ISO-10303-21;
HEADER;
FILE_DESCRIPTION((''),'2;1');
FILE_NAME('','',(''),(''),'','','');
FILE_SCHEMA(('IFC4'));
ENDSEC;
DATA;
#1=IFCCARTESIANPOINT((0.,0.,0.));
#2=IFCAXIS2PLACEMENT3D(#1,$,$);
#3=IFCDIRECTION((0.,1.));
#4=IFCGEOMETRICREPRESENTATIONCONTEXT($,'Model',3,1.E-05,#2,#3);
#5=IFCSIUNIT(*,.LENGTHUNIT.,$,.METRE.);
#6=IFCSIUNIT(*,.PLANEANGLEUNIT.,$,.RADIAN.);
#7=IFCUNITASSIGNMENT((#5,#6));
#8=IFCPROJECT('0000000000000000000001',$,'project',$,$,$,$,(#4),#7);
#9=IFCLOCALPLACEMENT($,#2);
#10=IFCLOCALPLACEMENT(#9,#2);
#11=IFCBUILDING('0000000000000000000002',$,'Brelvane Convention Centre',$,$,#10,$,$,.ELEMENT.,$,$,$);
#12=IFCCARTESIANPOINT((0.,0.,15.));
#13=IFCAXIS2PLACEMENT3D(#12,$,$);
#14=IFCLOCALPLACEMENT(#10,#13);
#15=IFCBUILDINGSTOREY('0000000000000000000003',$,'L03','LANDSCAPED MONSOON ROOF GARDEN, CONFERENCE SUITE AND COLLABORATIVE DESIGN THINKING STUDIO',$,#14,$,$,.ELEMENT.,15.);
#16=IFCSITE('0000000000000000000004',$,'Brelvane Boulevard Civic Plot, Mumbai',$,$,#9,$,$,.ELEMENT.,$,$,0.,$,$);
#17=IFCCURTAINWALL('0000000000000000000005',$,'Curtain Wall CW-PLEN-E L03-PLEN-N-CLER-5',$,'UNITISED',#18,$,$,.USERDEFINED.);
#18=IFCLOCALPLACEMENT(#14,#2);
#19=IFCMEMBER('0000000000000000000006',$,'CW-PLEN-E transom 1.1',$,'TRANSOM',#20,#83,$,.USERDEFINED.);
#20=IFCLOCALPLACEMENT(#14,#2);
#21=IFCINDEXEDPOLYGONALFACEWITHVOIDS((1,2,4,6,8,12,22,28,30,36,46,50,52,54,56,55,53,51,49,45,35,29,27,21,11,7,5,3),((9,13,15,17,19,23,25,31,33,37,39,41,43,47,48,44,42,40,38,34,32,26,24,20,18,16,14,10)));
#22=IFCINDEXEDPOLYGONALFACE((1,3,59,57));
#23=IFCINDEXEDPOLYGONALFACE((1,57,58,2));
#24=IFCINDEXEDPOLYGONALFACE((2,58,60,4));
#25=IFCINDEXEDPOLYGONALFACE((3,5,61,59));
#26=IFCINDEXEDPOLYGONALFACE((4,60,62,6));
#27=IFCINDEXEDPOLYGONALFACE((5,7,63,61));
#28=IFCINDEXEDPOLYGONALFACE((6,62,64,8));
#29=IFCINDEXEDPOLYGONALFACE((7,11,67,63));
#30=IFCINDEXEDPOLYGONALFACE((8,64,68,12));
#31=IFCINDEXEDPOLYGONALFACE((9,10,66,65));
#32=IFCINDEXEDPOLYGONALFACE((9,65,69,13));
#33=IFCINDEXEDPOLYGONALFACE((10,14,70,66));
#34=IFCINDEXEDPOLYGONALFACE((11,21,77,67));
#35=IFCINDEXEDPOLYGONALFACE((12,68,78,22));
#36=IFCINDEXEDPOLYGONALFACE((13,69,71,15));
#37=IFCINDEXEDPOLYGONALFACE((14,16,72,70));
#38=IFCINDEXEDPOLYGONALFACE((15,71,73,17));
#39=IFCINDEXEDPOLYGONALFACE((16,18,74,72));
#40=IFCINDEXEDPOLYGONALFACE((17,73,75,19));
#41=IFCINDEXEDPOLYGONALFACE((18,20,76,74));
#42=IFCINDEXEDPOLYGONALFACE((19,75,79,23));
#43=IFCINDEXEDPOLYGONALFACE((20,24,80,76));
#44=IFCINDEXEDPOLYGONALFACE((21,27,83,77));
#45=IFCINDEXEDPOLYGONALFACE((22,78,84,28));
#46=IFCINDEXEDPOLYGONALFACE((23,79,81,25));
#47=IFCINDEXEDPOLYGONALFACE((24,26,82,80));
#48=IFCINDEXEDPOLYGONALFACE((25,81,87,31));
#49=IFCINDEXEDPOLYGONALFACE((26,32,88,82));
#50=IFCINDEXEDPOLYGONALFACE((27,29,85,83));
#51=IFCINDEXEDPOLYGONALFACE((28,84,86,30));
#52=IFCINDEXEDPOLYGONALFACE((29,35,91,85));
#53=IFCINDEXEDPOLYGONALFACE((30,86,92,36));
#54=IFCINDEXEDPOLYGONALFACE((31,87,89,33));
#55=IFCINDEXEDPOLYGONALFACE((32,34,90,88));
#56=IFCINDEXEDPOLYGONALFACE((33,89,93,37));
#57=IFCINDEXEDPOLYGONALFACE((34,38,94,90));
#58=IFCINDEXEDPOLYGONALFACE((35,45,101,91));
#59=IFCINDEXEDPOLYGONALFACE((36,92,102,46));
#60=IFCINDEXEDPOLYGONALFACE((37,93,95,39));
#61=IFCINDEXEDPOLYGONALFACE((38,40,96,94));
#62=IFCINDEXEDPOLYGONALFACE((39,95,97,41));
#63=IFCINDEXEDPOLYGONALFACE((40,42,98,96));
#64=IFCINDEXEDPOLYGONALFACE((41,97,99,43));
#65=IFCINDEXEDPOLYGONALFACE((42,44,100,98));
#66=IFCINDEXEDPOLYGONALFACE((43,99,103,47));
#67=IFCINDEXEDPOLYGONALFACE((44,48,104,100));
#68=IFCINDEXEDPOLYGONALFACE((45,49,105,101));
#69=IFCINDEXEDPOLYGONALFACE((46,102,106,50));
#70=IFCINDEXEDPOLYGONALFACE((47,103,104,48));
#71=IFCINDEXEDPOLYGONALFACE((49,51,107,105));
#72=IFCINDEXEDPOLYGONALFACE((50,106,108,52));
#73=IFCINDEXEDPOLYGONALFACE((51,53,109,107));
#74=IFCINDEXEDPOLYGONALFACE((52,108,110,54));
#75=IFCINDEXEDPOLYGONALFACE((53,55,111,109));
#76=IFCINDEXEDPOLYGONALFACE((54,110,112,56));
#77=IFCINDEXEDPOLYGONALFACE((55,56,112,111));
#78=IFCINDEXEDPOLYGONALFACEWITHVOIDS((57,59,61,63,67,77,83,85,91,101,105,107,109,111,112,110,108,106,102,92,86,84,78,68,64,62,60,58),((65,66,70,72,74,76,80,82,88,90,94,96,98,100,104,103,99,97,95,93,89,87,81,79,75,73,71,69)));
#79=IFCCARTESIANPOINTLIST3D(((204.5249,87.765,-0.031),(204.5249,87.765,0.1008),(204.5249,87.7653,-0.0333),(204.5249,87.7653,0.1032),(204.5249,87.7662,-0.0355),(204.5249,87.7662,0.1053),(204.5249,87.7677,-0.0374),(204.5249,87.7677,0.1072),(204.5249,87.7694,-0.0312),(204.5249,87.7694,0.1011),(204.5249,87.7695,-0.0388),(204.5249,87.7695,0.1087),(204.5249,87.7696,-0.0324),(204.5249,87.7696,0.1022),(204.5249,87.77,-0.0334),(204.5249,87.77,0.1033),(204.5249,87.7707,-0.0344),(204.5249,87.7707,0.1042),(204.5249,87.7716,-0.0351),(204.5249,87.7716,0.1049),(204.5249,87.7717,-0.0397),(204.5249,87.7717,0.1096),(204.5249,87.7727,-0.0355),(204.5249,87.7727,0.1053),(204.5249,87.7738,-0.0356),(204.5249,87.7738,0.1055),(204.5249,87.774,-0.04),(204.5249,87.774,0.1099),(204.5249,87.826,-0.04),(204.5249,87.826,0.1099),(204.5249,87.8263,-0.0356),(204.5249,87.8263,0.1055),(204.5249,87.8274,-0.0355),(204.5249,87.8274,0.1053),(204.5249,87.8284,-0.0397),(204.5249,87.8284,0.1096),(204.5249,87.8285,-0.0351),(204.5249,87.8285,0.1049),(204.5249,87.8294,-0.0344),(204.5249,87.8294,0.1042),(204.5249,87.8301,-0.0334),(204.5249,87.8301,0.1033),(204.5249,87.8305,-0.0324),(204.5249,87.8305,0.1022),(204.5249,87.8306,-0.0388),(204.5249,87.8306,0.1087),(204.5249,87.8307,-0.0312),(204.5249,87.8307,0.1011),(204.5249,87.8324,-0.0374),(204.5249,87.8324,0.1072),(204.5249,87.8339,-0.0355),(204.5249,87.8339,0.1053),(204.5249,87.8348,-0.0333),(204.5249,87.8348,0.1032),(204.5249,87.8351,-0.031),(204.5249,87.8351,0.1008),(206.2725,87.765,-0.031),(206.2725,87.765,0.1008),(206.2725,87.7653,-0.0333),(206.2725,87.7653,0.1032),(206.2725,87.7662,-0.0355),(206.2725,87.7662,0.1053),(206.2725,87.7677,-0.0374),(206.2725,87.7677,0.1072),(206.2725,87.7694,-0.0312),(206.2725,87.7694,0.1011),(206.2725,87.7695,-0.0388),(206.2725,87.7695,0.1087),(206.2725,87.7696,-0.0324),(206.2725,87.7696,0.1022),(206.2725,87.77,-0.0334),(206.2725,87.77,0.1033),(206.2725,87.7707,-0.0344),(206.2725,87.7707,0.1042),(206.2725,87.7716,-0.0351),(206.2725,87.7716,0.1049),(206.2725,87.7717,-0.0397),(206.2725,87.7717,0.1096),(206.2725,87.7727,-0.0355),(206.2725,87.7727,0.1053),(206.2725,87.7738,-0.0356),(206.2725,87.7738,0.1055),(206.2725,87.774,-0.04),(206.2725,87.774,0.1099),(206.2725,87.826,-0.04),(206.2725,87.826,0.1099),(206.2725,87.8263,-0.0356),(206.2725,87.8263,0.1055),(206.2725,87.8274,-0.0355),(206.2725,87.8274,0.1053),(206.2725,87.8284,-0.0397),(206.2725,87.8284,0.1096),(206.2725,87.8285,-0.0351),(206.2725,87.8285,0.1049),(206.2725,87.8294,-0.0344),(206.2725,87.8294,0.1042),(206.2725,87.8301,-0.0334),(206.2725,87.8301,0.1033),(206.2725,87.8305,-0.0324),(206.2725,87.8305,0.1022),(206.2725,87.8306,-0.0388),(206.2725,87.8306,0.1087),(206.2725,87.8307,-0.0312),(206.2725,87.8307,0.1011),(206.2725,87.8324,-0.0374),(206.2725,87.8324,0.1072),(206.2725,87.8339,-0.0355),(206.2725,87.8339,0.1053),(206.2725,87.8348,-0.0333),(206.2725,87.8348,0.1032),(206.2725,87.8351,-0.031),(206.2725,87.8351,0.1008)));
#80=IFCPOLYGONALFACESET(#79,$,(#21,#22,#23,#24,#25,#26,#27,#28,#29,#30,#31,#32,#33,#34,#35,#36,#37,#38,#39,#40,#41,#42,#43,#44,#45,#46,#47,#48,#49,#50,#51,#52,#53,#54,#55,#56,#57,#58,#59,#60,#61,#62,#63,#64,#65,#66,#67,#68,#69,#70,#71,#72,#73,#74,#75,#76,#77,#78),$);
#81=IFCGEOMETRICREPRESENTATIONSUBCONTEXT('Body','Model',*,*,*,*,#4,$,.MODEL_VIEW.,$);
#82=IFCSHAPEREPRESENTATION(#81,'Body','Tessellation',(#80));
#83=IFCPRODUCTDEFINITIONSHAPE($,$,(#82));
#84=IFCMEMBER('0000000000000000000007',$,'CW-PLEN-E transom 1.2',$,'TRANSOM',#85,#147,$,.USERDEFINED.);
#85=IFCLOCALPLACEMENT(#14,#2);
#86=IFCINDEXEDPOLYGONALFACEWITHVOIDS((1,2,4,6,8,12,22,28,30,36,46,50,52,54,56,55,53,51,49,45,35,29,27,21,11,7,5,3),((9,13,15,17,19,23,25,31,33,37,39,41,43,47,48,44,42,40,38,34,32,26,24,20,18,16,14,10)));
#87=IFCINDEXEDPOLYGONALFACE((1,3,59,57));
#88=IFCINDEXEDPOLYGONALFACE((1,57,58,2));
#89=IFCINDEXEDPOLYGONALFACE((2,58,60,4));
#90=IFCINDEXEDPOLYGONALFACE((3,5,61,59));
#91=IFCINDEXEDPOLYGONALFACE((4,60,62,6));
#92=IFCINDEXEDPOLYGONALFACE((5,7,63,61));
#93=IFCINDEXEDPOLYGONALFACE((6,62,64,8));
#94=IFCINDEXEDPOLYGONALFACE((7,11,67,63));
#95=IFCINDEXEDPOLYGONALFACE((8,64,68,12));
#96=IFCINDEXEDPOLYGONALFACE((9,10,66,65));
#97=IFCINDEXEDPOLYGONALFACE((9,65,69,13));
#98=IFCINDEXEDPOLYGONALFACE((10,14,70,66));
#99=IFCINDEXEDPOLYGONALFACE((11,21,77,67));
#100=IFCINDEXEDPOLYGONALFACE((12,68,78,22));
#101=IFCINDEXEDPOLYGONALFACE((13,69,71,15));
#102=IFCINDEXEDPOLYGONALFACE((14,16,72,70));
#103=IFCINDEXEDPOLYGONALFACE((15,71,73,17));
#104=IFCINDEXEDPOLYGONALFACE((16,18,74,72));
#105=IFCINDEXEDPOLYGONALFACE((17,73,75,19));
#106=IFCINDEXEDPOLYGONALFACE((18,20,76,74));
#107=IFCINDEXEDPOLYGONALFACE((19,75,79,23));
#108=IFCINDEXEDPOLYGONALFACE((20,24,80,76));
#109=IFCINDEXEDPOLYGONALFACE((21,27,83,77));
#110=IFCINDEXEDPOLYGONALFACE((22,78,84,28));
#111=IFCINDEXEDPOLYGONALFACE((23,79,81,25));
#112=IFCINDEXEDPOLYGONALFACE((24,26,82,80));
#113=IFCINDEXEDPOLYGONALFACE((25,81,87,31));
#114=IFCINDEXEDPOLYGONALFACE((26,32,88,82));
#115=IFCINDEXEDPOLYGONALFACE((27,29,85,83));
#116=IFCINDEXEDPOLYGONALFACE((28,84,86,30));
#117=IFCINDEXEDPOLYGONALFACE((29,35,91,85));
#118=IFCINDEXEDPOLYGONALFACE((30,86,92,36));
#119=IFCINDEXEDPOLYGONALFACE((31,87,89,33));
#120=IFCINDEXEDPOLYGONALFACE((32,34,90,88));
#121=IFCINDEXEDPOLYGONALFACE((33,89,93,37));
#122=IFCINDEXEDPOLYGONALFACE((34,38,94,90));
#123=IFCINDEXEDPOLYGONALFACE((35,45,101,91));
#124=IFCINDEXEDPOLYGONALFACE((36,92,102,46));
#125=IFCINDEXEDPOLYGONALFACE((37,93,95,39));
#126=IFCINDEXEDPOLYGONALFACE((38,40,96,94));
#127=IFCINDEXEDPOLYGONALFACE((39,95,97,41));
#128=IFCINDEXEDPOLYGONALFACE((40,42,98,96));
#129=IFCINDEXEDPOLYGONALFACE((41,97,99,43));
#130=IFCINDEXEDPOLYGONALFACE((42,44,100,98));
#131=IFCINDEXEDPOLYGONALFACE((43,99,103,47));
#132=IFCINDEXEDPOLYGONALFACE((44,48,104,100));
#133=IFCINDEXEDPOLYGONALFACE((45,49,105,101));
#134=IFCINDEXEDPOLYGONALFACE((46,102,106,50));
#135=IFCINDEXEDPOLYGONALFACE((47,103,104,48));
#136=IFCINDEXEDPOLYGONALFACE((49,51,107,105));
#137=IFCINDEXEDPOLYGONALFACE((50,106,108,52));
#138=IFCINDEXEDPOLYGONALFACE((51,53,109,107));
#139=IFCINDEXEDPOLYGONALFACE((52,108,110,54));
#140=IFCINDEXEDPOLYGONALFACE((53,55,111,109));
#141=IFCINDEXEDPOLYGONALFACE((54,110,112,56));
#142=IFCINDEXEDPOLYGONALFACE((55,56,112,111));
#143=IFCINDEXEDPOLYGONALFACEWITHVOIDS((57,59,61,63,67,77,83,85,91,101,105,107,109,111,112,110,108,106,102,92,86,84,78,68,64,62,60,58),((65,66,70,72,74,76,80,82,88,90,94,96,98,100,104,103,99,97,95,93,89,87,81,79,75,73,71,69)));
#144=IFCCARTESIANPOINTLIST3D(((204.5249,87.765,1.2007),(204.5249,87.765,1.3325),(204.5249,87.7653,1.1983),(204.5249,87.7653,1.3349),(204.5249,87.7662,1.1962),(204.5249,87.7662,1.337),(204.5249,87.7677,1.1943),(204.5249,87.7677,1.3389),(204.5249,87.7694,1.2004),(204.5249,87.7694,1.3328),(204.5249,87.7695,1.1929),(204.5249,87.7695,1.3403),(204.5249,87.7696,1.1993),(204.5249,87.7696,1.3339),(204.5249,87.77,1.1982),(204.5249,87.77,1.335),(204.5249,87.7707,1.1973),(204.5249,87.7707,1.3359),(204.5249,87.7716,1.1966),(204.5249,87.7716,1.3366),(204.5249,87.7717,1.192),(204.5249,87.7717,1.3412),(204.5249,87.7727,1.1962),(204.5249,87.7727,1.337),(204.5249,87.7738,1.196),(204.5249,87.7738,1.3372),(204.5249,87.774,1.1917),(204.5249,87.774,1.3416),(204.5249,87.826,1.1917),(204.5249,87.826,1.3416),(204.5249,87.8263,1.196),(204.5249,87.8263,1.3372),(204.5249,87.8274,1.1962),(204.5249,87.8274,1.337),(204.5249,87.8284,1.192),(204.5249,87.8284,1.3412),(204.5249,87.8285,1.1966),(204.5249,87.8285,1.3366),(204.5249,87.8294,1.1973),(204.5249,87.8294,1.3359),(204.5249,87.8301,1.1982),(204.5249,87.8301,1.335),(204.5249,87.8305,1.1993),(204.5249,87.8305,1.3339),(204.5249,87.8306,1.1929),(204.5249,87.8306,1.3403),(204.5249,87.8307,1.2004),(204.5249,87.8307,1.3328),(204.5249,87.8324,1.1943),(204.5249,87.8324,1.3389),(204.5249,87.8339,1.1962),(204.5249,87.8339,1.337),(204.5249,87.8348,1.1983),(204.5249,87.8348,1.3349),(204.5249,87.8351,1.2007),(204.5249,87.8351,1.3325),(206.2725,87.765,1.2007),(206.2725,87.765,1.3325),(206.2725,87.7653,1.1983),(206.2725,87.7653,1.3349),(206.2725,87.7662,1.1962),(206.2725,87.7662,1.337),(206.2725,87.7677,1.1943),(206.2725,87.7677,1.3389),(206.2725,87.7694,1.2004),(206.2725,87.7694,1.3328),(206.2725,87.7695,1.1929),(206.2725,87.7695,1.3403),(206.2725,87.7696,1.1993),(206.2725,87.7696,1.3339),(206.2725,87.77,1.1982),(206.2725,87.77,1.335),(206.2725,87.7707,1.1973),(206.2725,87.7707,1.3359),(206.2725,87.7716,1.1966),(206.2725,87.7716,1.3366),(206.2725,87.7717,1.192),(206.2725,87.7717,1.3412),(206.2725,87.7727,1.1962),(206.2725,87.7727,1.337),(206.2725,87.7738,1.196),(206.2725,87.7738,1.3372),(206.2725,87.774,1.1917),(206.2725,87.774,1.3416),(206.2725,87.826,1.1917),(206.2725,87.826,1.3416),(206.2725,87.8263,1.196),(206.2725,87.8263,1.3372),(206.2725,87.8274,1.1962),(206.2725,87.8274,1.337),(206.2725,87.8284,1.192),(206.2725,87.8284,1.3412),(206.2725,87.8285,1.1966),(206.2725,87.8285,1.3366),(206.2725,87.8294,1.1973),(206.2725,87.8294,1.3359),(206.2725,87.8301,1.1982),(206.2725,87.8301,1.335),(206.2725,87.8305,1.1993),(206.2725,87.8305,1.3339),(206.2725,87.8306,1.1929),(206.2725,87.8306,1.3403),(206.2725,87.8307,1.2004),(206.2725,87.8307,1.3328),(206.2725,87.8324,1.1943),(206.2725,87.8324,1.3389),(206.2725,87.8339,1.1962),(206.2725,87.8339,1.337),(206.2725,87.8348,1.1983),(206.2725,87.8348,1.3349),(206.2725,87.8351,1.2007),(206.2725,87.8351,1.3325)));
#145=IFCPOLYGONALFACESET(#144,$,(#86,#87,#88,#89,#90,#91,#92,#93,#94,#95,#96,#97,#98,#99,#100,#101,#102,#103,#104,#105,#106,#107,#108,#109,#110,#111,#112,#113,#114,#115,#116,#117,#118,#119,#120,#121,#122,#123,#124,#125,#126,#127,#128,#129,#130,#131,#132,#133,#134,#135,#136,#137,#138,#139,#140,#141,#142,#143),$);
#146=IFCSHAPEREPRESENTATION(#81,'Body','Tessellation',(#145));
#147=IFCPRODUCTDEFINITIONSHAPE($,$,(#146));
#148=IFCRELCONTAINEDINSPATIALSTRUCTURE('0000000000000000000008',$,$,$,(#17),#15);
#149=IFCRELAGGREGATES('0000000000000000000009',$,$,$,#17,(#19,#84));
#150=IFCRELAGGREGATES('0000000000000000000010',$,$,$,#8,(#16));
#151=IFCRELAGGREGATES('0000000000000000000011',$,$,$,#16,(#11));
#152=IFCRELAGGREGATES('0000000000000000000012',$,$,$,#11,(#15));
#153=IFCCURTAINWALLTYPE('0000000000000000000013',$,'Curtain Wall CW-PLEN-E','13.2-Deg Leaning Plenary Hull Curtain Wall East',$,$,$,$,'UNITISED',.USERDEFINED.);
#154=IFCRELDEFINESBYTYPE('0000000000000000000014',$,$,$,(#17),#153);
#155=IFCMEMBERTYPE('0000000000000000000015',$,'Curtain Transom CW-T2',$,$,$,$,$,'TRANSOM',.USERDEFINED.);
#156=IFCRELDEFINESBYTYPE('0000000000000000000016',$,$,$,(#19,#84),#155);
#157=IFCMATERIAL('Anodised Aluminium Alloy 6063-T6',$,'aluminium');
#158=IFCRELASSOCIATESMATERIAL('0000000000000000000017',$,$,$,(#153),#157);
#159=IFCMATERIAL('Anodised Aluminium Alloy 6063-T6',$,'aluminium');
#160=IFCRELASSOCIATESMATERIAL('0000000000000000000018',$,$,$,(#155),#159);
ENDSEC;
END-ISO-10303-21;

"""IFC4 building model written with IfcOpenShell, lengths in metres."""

from ifc_helpers import new_model, si_unit, direction, frame, origin, origin_2d, place, context, subcontext, project, spatial, hollow_rectangle, extrude, material, material_profile, profile_set, type_object, element, aggregate, save


model = new_model("IFC4")

# Units and contexts
model_context = context("Model", 3, precision=1e-05, world=origin(), true_north=direction((0.0, 1.0)))
body_context = subcontext(model_context, "Body", "Model", "MODEL_VIEW")
ifc_project = project(units=[si_unit("LENGTHUNIT", "METRE"), si_unit("PLANEANGLEUNIT", "RADIAN")], contexts=[model_context])

# Site, building, storey
site_placement = place(None, origin())
site = spatial("IfcSite", under=ifc_project, at=site_placement, Name="Brelvane Boulevard Civic Plot, Mumbai", CompositionType="ELEMENT", RefElevation=0.0)
building_placement = place(site_placement, origin())
building = spatial("IfcBuilding", under=site, at=building_placement, Name="Brelvane Convention Centre", CompositionType="ELEMENT")
storey_placement = place(building_placement, frame((0.0, 0.0, 15.0)))
storey = spatial("IfcBuildingStorey", under=building, at=storey_placement, Name="L03", Description="LANDSCAPED MONSOON ROOF GARDEN, CONFERENCE SUITE AND COLLABORATIVE DESIGN THINKING STUDIO", CompositionType="ELEMENT", Elevation=15.0)

# Curtain wall, members
ifc_material_1 = material(Name="Anodised Aluminium Alloy 6063-T6", Category="aluminium")
curtain_wall_type = type_object("IfcCurtainWallType", Name="Curtain Wall CW-PLEN-E", Description="13.2-Deg Leaning Plenary Hull Curtain Wall East", ElementType="UNITISED", PredefinedType="USERDEFINED", material=ifc_material_1)
curtain_wall_placement = place(storey_placement, origin())
curtain_wall = element("IfcCurtainWall", 1, at=curtain_wall_placement, inside=storey, type_object=curtain_wall_type, Name="Curtain Wall CW-PLEN-E L03-PLEN-N-CLER-5", ObjectType="UNITISED", PredefinedType="USERDEFINED")
ifc_material_2 = material(Name="Anodised Aluminium Alloy 6063-T6", Category="aluminium")
ifc_material_profile_1 = material_profile(ifc_material_2, hollow_rectangle(XDim=0.0701, YDim=0.1499, WallThickness=0.0044, InnerFilletRadius=0.0044, OuterFilletRadius=0.009, at=origin_2d()), Name="ALU-T 150x70x4.5")
ifc_profile_set_1 = profile_set([ifc_material_profile_1], Name="Anodised Aluminium Alloy 6063-T6")
member_type_1 = type_object("IfcMemberType", Name="Curtain Transom CW-T2", ElementType="TRANSOM", PredefinedType="USERDEFINED", material=ifc_profile_set_1)
member_1_placement = place(storey_placement, frame((204.5249, 87.8, 0.0349), z_axis=(1.0, 0.0, 0.0), x_axis=(0.0, 1.0, 0.0)))
member_1 = element("IfcMember", 2, at=member_1_placement, type_object=member_type_1, Name="CW-PLEN-E transom 1.1", ObjectType="TRANSOM", PredefinedType="USERDEFINED", context=body_context, shape_type="SweptSolid", body=[
    extrude(hollow_rectangle(XDim=0.0701, YDim=0.1499, WallThickness=0.0044, InnerFilletRadius=0.0044, OuterFilletRadius=0.009, at=origin_2d()), origin(), (0.0, 0.0, 1.0), 1.7476),
])
member_2_placement = place(storey_placement, frame((204.5249, 87.8, 1.2666), z_axis=(1.0, 0.0, 0.0), x_axis=(0.0, 1.0, 0.0)))
member_2 = element("IfcMember", 3, at=member_2_placement, type_object=member_type_1, Name="CW-PLEN-E transom 1.2", ObjectType="TRANSOM", PredefinedType="USERDEFINED", context=body_context, shape_type="SweptSolid", body=[
    extrude(hollow_rectangle(XDim=0.0701, YDim=0.1499, WallThickness=0.0044, InnerFilletRadius=0.0044, OuterFilletRadius=0.009, at=origin_2d()), origin(), (0.0, 0.0, 1.0), 1.7476),
])

aggregate(curtain_wall, [member_1, member_2])

save(model, "model.ifc")
